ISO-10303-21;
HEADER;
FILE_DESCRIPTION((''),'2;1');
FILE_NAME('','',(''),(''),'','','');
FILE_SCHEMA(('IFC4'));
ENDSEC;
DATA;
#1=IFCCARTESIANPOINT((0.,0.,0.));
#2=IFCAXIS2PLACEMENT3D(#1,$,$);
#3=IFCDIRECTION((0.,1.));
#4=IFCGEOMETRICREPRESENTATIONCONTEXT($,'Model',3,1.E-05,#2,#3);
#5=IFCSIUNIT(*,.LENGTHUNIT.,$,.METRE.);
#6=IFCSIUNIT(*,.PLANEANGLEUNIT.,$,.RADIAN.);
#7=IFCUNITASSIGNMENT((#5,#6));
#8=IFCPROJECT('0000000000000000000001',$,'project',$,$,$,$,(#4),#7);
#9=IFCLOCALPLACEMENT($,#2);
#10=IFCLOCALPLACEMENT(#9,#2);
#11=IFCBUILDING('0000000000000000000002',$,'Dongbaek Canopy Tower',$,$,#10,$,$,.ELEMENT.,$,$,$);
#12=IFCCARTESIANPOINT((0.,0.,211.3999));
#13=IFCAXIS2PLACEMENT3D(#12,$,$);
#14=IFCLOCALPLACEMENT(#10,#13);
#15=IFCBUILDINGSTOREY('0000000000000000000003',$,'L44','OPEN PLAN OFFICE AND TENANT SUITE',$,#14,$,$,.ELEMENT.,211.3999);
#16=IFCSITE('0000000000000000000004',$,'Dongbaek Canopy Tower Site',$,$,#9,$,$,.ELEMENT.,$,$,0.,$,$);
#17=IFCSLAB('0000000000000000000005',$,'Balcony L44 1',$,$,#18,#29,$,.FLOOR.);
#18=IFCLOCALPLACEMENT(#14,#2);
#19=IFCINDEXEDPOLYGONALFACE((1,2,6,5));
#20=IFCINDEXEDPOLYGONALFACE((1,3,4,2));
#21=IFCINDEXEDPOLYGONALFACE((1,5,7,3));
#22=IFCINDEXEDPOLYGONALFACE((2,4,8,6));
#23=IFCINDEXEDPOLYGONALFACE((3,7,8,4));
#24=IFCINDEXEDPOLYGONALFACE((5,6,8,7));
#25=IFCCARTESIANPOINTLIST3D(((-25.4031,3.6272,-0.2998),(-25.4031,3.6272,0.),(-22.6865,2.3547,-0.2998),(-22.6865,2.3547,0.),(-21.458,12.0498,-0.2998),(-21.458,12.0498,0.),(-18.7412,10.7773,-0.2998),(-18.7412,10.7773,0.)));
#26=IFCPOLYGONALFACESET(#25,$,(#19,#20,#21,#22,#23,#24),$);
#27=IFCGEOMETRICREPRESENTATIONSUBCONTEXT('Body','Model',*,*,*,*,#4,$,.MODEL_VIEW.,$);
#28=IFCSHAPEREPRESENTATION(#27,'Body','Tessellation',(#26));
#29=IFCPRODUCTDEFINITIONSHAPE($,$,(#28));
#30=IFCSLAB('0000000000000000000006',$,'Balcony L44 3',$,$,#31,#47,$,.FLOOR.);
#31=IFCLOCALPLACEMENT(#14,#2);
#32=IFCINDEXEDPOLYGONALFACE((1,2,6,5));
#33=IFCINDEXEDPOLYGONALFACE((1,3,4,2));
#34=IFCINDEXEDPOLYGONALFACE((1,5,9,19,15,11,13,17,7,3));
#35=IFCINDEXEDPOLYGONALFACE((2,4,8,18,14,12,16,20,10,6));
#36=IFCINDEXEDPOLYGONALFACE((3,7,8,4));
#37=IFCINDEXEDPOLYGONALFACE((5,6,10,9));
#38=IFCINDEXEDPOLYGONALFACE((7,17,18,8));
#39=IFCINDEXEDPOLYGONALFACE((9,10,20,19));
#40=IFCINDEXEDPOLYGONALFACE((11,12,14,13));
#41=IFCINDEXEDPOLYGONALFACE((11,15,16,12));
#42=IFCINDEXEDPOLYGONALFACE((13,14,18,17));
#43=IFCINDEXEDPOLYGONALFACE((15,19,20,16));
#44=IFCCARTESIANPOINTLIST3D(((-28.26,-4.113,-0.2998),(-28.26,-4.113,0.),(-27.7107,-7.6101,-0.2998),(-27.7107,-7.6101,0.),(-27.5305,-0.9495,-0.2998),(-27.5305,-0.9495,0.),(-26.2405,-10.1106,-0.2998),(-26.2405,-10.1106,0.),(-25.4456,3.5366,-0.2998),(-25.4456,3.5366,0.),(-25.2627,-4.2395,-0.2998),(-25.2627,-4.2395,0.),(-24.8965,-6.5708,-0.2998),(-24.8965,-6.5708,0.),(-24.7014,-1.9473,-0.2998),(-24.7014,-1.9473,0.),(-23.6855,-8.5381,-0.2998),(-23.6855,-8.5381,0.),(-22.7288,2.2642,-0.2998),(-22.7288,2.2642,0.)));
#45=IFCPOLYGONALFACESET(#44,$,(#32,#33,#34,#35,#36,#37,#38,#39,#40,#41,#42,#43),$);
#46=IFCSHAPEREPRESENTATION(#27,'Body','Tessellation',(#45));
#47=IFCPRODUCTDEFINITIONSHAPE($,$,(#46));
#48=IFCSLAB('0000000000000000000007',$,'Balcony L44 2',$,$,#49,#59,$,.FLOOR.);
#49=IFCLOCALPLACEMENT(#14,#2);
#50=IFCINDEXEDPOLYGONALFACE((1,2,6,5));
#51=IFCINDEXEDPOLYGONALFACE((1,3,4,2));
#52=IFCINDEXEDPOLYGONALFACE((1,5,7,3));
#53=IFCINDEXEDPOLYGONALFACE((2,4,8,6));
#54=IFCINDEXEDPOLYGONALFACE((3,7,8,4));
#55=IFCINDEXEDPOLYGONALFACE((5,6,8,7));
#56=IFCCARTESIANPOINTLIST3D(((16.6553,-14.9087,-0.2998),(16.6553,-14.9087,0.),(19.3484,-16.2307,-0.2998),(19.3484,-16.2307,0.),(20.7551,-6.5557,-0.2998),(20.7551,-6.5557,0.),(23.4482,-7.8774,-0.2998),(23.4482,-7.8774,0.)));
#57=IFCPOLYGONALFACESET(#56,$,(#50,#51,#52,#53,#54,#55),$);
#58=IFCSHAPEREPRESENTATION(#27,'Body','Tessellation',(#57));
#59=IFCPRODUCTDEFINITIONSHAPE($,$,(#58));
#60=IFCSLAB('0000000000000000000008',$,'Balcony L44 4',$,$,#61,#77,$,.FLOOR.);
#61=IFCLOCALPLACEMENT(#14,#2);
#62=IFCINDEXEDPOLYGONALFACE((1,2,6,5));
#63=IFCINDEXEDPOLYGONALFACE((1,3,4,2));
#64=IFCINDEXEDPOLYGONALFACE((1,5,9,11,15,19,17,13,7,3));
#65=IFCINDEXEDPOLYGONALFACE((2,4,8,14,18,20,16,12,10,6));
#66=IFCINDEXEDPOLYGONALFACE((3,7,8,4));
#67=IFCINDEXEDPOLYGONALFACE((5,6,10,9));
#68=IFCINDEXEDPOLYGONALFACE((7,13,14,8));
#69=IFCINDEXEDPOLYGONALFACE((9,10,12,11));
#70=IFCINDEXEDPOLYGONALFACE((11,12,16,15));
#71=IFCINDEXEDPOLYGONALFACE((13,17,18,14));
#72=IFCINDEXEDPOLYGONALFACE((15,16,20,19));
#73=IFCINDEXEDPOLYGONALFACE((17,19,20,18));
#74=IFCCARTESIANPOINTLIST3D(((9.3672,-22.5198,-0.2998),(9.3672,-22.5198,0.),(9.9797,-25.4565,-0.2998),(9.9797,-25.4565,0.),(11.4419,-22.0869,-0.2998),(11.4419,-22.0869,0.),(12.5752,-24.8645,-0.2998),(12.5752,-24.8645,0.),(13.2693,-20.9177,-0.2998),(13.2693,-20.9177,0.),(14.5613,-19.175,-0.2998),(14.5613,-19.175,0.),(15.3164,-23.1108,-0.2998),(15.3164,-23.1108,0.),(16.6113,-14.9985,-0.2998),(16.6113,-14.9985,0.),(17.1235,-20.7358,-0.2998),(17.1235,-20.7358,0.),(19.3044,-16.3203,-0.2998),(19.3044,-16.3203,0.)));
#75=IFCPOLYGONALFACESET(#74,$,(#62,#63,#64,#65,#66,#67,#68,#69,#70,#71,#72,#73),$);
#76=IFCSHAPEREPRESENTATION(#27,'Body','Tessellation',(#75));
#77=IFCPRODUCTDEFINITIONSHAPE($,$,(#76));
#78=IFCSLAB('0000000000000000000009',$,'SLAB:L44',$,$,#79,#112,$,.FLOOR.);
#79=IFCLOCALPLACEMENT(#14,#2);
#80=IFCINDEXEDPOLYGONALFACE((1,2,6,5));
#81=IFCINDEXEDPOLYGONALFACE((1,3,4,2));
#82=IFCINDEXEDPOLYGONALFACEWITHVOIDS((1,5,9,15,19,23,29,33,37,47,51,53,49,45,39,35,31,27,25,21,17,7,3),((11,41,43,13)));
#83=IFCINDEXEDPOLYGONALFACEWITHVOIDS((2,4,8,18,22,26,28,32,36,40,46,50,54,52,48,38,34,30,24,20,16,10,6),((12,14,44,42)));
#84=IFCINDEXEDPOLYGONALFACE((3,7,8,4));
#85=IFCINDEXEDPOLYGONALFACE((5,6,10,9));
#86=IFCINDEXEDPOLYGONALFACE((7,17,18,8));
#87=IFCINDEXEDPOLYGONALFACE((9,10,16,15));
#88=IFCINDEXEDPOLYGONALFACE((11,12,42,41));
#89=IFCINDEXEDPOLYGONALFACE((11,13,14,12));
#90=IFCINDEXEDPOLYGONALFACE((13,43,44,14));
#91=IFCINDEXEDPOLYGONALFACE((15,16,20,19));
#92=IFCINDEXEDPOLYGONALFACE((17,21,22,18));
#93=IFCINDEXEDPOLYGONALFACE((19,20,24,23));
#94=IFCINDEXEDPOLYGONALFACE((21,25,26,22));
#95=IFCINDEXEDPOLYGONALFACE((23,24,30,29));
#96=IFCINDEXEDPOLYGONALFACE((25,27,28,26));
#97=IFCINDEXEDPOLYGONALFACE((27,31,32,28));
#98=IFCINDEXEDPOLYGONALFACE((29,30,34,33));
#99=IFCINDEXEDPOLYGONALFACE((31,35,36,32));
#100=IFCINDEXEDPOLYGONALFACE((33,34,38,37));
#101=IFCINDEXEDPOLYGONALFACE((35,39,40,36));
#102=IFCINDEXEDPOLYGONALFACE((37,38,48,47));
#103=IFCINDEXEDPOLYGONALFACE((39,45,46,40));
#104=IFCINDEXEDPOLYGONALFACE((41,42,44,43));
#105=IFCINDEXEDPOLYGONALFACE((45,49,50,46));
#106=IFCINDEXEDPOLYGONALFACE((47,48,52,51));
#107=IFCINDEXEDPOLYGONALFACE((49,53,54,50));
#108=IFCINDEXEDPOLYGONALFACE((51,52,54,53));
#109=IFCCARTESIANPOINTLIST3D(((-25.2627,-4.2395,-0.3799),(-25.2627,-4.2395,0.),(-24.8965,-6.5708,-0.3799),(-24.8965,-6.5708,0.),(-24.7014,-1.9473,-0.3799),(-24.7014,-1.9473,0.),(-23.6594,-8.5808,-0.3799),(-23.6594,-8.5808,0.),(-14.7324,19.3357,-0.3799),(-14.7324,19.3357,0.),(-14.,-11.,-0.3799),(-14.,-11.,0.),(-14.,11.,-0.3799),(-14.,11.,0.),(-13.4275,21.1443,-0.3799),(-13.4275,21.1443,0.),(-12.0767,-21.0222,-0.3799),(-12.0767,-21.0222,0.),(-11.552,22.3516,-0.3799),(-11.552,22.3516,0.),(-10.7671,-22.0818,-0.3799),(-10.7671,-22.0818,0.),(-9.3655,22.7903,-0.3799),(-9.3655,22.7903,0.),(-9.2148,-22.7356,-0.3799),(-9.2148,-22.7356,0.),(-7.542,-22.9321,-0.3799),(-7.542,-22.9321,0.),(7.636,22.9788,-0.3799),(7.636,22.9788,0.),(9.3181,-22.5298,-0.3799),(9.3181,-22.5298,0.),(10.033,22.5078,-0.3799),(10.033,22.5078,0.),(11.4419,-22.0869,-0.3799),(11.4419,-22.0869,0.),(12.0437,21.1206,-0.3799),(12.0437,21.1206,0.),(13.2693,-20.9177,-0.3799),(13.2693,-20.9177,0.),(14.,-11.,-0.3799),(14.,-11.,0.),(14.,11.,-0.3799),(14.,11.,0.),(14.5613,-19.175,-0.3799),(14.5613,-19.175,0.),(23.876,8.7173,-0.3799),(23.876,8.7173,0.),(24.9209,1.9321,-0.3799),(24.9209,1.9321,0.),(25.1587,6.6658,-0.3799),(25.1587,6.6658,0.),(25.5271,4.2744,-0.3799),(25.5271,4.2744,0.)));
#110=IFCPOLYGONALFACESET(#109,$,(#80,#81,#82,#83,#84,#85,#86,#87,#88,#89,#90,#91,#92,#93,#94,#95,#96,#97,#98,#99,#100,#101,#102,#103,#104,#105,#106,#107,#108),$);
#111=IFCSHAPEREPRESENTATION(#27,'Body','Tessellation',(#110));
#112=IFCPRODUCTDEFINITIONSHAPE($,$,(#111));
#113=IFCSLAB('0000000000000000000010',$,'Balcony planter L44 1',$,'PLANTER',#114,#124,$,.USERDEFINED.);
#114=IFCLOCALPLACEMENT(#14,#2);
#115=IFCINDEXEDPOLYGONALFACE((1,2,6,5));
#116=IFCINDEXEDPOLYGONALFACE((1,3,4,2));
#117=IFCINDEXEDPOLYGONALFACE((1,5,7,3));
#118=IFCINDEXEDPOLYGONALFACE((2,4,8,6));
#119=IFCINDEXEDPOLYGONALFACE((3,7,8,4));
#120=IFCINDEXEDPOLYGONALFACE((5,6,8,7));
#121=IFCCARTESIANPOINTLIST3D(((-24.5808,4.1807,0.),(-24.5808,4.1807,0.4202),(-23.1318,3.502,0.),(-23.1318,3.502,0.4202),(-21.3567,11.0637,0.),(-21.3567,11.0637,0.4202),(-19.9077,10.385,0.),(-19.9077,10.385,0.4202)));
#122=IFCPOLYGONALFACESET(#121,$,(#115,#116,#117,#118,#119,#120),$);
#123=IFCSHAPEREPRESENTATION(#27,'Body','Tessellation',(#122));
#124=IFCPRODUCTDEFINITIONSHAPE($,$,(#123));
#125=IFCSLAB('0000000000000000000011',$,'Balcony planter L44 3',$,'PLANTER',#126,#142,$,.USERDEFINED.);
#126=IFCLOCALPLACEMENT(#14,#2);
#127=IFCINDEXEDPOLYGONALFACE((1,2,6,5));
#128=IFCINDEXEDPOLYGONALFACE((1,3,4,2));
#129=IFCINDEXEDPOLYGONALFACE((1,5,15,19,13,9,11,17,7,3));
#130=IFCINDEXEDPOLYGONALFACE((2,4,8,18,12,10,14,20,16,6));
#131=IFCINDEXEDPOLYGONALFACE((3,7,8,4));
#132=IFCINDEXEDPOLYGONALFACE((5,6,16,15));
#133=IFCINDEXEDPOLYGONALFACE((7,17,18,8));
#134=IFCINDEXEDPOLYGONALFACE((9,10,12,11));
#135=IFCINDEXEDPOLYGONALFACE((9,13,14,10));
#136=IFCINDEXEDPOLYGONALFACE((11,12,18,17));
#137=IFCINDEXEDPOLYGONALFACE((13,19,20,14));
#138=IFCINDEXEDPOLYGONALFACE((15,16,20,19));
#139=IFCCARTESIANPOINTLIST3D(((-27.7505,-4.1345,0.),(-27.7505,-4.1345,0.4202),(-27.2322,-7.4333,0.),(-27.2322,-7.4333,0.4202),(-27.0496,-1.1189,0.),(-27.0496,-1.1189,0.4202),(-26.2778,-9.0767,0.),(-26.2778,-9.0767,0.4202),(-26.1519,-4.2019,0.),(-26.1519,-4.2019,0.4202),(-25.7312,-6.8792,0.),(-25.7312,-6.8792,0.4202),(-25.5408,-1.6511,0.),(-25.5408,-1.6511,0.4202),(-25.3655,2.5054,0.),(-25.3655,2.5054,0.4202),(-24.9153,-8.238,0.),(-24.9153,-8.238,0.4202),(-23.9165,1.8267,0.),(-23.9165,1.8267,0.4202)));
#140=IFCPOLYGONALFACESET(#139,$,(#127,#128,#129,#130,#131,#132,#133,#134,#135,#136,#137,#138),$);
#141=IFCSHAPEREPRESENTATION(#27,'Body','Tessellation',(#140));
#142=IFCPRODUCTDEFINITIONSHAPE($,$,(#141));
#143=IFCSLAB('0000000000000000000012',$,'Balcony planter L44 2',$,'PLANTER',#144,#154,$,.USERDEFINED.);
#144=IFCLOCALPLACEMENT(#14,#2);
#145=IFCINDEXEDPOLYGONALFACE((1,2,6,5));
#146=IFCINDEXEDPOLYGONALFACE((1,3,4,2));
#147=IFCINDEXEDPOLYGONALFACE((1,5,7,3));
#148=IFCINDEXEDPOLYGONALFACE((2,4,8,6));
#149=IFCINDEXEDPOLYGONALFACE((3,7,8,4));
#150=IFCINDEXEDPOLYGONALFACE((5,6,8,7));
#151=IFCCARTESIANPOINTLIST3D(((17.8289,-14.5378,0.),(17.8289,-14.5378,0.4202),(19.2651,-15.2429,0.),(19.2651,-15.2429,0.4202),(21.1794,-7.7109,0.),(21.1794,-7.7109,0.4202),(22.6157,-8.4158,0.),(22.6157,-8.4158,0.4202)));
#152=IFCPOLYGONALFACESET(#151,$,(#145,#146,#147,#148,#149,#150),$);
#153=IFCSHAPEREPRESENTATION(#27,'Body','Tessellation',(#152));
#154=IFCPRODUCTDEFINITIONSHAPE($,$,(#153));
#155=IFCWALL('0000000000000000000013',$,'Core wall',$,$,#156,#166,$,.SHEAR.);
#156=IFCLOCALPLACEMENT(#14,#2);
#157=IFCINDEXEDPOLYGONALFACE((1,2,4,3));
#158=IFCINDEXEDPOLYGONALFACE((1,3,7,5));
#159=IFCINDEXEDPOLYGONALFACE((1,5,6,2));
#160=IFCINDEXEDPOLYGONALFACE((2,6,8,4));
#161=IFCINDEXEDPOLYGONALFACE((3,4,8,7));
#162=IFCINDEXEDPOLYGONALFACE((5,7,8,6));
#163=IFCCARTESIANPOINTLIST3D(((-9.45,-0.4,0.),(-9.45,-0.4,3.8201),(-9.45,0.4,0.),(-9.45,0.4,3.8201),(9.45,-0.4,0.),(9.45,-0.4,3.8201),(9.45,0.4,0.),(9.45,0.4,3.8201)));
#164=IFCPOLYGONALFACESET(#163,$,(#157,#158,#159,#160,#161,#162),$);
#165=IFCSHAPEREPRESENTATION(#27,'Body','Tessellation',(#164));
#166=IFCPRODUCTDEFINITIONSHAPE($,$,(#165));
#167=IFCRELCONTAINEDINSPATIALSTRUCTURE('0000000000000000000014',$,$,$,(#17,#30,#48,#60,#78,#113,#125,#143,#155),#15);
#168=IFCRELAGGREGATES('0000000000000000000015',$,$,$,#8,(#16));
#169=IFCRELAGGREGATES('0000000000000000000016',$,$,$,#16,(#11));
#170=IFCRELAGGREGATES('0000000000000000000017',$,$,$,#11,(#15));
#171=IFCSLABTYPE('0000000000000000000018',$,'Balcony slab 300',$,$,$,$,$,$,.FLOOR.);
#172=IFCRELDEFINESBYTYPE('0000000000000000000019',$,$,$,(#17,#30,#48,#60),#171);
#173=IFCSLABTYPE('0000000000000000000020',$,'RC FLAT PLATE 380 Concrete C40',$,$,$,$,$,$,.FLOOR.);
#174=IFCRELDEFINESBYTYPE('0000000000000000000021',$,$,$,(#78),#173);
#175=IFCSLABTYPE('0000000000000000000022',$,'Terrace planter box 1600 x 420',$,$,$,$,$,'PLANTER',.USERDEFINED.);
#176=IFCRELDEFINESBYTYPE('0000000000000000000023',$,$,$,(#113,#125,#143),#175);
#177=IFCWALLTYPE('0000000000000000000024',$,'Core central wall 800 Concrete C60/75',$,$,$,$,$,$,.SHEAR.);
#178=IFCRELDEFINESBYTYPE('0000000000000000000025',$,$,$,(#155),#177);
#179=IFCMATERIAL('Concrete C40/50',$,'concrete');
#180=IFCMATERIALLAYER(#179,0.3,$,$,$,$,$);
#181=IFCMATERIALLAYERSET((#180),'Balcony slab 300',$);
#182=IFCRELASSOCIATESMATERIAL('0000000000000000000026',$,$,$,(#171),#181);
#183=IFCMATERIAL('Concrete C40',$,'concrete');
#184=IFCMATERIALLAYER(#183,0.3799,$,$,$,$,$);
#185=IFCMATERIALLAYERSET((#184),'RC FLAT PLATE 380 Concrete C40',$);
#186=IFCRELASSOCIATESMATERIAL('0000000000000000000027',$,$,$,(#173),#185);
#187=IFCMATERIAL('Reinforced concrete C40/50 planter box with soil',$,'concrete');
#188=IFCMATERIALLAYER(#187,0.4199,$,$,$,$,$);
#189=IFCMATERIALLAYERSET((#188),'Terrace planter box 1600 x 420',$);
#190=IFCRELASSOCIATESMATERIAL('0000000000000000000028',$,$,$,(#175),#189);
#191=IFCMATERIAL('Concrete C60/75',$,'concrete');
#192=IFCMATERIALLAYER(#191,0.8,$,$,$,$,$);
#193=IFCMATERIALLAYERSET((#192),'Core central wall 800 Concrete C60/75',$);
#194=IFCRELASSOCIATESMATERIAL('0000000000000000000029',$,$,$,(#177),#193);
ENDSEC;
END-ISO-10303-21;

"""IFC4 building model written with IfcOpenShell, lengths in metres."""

from ifc_helpers import new_model, si_unit, direction, frame, frame_2d, origin, place, context, subcontext, project, spatial, polyline, rectangle, outline, extrude, material, layer, layer_set, type_object, element, save


model = new_model("IFC4")

# Units and contexts
model_context = context("Model", 3, precision=1e-05, world=origin(), true_north=direction((0.0, 1.0)))
body_context = subcontext(model_context, "Body", "Model", "MODEL_VIEW")
ifc_project = project(units=[si_unit("LENGTHUNIT", "METRE"), si_unit("PLANEANGLEUNIT", "RADIAN")], contexts=[model_context])

# Site, building, storey
site_placement = place(None, origin())
site = spatial("IfcSite", under=ifc_project, at=site_placement, Name="Dongbaek Canopy Tower Site", CompositionType="ELEMENT", RefElevation=0.0)
building_placement = place(site_placement, origin())
building = spatial("IfcBuilding", under=site, at=building_placement, Name="Dongbaek Canopy Tower", CompositionType="ELEMENT")
storey_placement = place(building_placement, frame((0.0, 0.0, 211.3999)))
storey = spatial("IfcBuildingStorey", under=building, at=storey_placement, Name="L44", Description="OPEN PLAN OFFICE AND TENANT SUITE", CompositionType="ELEMENT", Elevation=211.3999)

# Slabs
ifc_material_1 = material(Name="Concrete C40/50", Category="concrete")
ifc_layer_1 = layer(ifc_material_1, 0.3)
ifc_layer_set_1 = layer_set([ifc_layer_1], Name="Balcony slab 300")
slab_type_1 = type_object("IfcSlabType", Name="Balcony slab 300", PredefinedType="FLOOR", material=ifc_layer_set_1)
slab_1_placement = place(storey_placement, frame((0.0, 0.0, -0.2998)))
element("IfcSlab", 1, at=slab_1_placement, inside=storey, type_object=slab_type_1, Name="Balcony L44 1", PredefinedType="FLOOR", context=body_context, shape_type="SweptSolid", body=[
    extrude(outline(polyline([(-18.7412, 10.7773), (-22.6865, 2.3547), (-25.4031, 3.6272), (-21.458, 12.0498), (-18.7412, 10.7773)])), origin(), (0.0, 0.0, 1.0), 0.2998),
])
slab_2_placement = place(storey_placement, frame((0.0, 0.0, -0.2998)))
element("IfcSlab", 2, at=slab_2_placement, inside=storey, type_object=slab_type_1, Name="Balcony L44 3", PredefinedType="FLOOR", context=body_context, shape_type="SweptSolid", body=[
    extrude(outline(polyline([(-22.7288, 2.2642), (-24.7014, -1.9473), (-25.2627, -4.2395), (-24.8965, -6.5708), (-23.6855, -8.5381), (-26.2405, -10.1106), (-27.7107, -7.6101), (-28.26, -4.113), (-27.5305, -0.9495), (-25.4456, 3.5366), (-22.7288, 2.2642)])), origin(), (0.0, 0.0, 1.0), 0.2998),
])
slab_3_placement = place(storey_placement, frame((0.0, 0.0, -0.2998)))
element("IfcSlab", 3, at=slab_3_placement, inside=storey, type_object=slab_type_1, Name="Balcony L44 2", PredefinedType="FLOOR", context=body_context, shape_type="SweptSolid", body=[
    extrude(outline(polyline([(16.6553, -14.9087), (20.7551, -6.5557), (23.4482, -7.8774), (19.3484, -16.2307), (16.6553, -14.9087)])), origin(), (0.0, 0.0, 1.0), 0.2998),
])
slab_4_placement = place(storey_placement, frame((0.0, 0.0, -0.2998)))
element("IfcSlab", 4, at=slab_4_placement, inside=storey, type_object=slab_type_1, Name="Balcony L44 4", PredefinedType="FLOOR", context=body_context, shape_type="SweptSolid", body=[
    extrude(outline(polyline([(9.3672, -22.5198), (11.4419, -22.0869), (13.2693, -20.9177), (14.5613, -19.175), (16.6113, -14.9985), (19.3044, -16.3203), (17.1235, -20.7358), (15.3164, -23.1108), (12.5752, -24.8645), (9.9797, -25.4565), (9.3672, -22.5198)])), origin(), (0.0, 0.0, 1.0), 0.2998),
])
ifc_material_2 = material(Name="Concrete C40", Category="concrete")
ifc_layer_2 = layer(ifc_material_2, 0.3799)
ifc_layer_set_2 = layer_set([ifc_layer_2], Name="RC FLAT PLATE 380 Concrete C40")
slab_type_2 = type_object("IfcSlabType", Name="RC FLAT PLATE 380 Concrete C40", PredefinedType="FLOOR", material=ifc_layer_set_2)
slab_5_placement = place(storey_placement, frame((0.0, 0.0, -0.3799)))
element("IfcSlab", 5, at=slab_5_placement, inside=storey, type_object=slab_type_2, Name="SLAB:L44", PredefinedType="FLOOR", context=body_context, shape_type="SweptSolid", body=[
    extrude(outline(polyline([(14.5613, -19.175), (13.2693, -20.9177), (11.4419, -22.0869), (9.3181, -22.5298), (-7.542, -22.9321), (-9.2148, -22.7356), (-10.7671, -22.0818), (-12.0767, -21.0222), (-23.6594, -8.5808), (-24.8965, -6.5708), (-25.2627, -4.2395), (-24.7014, -1.9473), (-14.7324, 19.3357), (-13.4275, 21.1443), (-11.552, 22.3516), (-9.3655, 22.7903), (7.636, 22.9788), (10.033, 22.5078), (12.0437, 21.1206), (23.876, 8.7173), (25.1587, 6.6658), (25.5271, 4.2744), (24.9209, 1.9321), (14.5613, -19.175)]), holes=[polyline([(14.0, 11.0), (-14.0, 11.0), (-14.0, -11.0), (14.0, -11.0), (14.0, 11.0)])]), origin(), (0.0, 0.0, 1.0), 0.3799),
])
ifc_material_3 = material(Name="Reinforced concrete C40/50 planter box with soil", Category="concrete")
ifc_layer_3 = layer(ifc_material_3, 0.4199)
ifc_layer_set_3 = layer_set([ifc_layer_3], Name="Terrace planter box 1600 x 420")
slab_type_3 = type_object("IfcSlabType", Name="Terrace planter box 1600 x 420", ElementType="PLANTER", PredefinedType="USERDEFINED", material=ifc_layer_set_3)
slab_6_placement = place(storey_placement, origin())
element("IfcSlab", 6, at=slab_6_placement, inside=storey, type_object=slab_type_3, Name="Balcony planter L44 1", ObjectType="PLANTER", PredefinedType="USERDEFINED", context=body_context, shape_type="SweptSolid", body=[
    extrude(outline(polyline([(-19.9077, 10.385), (-23.1318, 3.502), (-24.5808, 4.1807), (-21.3567, 11.0637), (-19.9077, 10.385)])), origin(), (0.0, 0.0, 1.0), 0.4202),
])
slab_7_placement = place(storey_placement, origin())
element("IfcSlab", 7, at=slab_7_placement, inside=storey, type_object=slab_type_3, Name="Balcony planter L44 3", ObjectType="PLANTER", PredefinedType="USERDEFINED", context=body_context, shape_type="SweptSolid", body=[
    extrude(outline(polyline([(-23.9165, 1.8267), (-25.5408, -1.6511), (-26.1519, -4.2019), (-25.7312, -6.8792), (-24.9153, -8.238), (-26.2778, -9.0767), (-27.2322, -7.4333), (-27.7505, -4.1345), (-27.0496, -1.1189), (-25.3655, 2.5054), (-23.9165, 1.8267)])), origin(), (0.0, 0.0, 1.0), 0.4202),
])
slab_8_placement = place(storey_placement, origin())
element("IfcSlab", 8, at=slab_8_placement, inside=storey, type_object=slab_type_3, Name="Balcony planter L44 2", ObjectType="PLANTER", PredefinedType="USERDEFINED", context=body_context, shape_type="SweptSolid", body=[
    extrude(outline(polyline([(17.8289, -14.5378), (21.1794, -7.7109), (22.6157, -8.4158), (19.2651, -15.2429), (17.8289, -14.5378)])), origin(), (0.0, 0.0, 1.0), 0.4202),
])

# Wall
ifc_material_4 = material(Name="Concrete C60/75", Category="concrete")
ifc_layer_4 = layer(ifc_material_4, 0.8)
ifc_layer_set_4 = layer_set([ifc_layer_4], Name="Core central wall 800 Concrete C60/75")
wall_type_1 = type_object("IfcWallType", Name="Core central wall 800 Concrete C60/75", PredefinedType="SHEAR", material=ifc_layer_set_4)
wall_1_placement = place(storey_placement, frame((-9.45, 0.0, 0.0), z_axis=(0.0, 0.0, 1.0), x_axis=(1.0, 0.0, 0.0)))
element("IfcWall", 9, at=wall_1_placement, inside=storey, type_object=wall_type_1, Name="Core wall", PredefinedType="SHEAR", context=body_context, shape_type="SweptSolid", body=[
    extrude(rectangle(XDim=18.8999, YDim=0.8, at=frame_2d((9.45, 0.0))), origin(), (0.0, 0.0, 1.0), 3.8201),
])

save(model, "model.ifc")
